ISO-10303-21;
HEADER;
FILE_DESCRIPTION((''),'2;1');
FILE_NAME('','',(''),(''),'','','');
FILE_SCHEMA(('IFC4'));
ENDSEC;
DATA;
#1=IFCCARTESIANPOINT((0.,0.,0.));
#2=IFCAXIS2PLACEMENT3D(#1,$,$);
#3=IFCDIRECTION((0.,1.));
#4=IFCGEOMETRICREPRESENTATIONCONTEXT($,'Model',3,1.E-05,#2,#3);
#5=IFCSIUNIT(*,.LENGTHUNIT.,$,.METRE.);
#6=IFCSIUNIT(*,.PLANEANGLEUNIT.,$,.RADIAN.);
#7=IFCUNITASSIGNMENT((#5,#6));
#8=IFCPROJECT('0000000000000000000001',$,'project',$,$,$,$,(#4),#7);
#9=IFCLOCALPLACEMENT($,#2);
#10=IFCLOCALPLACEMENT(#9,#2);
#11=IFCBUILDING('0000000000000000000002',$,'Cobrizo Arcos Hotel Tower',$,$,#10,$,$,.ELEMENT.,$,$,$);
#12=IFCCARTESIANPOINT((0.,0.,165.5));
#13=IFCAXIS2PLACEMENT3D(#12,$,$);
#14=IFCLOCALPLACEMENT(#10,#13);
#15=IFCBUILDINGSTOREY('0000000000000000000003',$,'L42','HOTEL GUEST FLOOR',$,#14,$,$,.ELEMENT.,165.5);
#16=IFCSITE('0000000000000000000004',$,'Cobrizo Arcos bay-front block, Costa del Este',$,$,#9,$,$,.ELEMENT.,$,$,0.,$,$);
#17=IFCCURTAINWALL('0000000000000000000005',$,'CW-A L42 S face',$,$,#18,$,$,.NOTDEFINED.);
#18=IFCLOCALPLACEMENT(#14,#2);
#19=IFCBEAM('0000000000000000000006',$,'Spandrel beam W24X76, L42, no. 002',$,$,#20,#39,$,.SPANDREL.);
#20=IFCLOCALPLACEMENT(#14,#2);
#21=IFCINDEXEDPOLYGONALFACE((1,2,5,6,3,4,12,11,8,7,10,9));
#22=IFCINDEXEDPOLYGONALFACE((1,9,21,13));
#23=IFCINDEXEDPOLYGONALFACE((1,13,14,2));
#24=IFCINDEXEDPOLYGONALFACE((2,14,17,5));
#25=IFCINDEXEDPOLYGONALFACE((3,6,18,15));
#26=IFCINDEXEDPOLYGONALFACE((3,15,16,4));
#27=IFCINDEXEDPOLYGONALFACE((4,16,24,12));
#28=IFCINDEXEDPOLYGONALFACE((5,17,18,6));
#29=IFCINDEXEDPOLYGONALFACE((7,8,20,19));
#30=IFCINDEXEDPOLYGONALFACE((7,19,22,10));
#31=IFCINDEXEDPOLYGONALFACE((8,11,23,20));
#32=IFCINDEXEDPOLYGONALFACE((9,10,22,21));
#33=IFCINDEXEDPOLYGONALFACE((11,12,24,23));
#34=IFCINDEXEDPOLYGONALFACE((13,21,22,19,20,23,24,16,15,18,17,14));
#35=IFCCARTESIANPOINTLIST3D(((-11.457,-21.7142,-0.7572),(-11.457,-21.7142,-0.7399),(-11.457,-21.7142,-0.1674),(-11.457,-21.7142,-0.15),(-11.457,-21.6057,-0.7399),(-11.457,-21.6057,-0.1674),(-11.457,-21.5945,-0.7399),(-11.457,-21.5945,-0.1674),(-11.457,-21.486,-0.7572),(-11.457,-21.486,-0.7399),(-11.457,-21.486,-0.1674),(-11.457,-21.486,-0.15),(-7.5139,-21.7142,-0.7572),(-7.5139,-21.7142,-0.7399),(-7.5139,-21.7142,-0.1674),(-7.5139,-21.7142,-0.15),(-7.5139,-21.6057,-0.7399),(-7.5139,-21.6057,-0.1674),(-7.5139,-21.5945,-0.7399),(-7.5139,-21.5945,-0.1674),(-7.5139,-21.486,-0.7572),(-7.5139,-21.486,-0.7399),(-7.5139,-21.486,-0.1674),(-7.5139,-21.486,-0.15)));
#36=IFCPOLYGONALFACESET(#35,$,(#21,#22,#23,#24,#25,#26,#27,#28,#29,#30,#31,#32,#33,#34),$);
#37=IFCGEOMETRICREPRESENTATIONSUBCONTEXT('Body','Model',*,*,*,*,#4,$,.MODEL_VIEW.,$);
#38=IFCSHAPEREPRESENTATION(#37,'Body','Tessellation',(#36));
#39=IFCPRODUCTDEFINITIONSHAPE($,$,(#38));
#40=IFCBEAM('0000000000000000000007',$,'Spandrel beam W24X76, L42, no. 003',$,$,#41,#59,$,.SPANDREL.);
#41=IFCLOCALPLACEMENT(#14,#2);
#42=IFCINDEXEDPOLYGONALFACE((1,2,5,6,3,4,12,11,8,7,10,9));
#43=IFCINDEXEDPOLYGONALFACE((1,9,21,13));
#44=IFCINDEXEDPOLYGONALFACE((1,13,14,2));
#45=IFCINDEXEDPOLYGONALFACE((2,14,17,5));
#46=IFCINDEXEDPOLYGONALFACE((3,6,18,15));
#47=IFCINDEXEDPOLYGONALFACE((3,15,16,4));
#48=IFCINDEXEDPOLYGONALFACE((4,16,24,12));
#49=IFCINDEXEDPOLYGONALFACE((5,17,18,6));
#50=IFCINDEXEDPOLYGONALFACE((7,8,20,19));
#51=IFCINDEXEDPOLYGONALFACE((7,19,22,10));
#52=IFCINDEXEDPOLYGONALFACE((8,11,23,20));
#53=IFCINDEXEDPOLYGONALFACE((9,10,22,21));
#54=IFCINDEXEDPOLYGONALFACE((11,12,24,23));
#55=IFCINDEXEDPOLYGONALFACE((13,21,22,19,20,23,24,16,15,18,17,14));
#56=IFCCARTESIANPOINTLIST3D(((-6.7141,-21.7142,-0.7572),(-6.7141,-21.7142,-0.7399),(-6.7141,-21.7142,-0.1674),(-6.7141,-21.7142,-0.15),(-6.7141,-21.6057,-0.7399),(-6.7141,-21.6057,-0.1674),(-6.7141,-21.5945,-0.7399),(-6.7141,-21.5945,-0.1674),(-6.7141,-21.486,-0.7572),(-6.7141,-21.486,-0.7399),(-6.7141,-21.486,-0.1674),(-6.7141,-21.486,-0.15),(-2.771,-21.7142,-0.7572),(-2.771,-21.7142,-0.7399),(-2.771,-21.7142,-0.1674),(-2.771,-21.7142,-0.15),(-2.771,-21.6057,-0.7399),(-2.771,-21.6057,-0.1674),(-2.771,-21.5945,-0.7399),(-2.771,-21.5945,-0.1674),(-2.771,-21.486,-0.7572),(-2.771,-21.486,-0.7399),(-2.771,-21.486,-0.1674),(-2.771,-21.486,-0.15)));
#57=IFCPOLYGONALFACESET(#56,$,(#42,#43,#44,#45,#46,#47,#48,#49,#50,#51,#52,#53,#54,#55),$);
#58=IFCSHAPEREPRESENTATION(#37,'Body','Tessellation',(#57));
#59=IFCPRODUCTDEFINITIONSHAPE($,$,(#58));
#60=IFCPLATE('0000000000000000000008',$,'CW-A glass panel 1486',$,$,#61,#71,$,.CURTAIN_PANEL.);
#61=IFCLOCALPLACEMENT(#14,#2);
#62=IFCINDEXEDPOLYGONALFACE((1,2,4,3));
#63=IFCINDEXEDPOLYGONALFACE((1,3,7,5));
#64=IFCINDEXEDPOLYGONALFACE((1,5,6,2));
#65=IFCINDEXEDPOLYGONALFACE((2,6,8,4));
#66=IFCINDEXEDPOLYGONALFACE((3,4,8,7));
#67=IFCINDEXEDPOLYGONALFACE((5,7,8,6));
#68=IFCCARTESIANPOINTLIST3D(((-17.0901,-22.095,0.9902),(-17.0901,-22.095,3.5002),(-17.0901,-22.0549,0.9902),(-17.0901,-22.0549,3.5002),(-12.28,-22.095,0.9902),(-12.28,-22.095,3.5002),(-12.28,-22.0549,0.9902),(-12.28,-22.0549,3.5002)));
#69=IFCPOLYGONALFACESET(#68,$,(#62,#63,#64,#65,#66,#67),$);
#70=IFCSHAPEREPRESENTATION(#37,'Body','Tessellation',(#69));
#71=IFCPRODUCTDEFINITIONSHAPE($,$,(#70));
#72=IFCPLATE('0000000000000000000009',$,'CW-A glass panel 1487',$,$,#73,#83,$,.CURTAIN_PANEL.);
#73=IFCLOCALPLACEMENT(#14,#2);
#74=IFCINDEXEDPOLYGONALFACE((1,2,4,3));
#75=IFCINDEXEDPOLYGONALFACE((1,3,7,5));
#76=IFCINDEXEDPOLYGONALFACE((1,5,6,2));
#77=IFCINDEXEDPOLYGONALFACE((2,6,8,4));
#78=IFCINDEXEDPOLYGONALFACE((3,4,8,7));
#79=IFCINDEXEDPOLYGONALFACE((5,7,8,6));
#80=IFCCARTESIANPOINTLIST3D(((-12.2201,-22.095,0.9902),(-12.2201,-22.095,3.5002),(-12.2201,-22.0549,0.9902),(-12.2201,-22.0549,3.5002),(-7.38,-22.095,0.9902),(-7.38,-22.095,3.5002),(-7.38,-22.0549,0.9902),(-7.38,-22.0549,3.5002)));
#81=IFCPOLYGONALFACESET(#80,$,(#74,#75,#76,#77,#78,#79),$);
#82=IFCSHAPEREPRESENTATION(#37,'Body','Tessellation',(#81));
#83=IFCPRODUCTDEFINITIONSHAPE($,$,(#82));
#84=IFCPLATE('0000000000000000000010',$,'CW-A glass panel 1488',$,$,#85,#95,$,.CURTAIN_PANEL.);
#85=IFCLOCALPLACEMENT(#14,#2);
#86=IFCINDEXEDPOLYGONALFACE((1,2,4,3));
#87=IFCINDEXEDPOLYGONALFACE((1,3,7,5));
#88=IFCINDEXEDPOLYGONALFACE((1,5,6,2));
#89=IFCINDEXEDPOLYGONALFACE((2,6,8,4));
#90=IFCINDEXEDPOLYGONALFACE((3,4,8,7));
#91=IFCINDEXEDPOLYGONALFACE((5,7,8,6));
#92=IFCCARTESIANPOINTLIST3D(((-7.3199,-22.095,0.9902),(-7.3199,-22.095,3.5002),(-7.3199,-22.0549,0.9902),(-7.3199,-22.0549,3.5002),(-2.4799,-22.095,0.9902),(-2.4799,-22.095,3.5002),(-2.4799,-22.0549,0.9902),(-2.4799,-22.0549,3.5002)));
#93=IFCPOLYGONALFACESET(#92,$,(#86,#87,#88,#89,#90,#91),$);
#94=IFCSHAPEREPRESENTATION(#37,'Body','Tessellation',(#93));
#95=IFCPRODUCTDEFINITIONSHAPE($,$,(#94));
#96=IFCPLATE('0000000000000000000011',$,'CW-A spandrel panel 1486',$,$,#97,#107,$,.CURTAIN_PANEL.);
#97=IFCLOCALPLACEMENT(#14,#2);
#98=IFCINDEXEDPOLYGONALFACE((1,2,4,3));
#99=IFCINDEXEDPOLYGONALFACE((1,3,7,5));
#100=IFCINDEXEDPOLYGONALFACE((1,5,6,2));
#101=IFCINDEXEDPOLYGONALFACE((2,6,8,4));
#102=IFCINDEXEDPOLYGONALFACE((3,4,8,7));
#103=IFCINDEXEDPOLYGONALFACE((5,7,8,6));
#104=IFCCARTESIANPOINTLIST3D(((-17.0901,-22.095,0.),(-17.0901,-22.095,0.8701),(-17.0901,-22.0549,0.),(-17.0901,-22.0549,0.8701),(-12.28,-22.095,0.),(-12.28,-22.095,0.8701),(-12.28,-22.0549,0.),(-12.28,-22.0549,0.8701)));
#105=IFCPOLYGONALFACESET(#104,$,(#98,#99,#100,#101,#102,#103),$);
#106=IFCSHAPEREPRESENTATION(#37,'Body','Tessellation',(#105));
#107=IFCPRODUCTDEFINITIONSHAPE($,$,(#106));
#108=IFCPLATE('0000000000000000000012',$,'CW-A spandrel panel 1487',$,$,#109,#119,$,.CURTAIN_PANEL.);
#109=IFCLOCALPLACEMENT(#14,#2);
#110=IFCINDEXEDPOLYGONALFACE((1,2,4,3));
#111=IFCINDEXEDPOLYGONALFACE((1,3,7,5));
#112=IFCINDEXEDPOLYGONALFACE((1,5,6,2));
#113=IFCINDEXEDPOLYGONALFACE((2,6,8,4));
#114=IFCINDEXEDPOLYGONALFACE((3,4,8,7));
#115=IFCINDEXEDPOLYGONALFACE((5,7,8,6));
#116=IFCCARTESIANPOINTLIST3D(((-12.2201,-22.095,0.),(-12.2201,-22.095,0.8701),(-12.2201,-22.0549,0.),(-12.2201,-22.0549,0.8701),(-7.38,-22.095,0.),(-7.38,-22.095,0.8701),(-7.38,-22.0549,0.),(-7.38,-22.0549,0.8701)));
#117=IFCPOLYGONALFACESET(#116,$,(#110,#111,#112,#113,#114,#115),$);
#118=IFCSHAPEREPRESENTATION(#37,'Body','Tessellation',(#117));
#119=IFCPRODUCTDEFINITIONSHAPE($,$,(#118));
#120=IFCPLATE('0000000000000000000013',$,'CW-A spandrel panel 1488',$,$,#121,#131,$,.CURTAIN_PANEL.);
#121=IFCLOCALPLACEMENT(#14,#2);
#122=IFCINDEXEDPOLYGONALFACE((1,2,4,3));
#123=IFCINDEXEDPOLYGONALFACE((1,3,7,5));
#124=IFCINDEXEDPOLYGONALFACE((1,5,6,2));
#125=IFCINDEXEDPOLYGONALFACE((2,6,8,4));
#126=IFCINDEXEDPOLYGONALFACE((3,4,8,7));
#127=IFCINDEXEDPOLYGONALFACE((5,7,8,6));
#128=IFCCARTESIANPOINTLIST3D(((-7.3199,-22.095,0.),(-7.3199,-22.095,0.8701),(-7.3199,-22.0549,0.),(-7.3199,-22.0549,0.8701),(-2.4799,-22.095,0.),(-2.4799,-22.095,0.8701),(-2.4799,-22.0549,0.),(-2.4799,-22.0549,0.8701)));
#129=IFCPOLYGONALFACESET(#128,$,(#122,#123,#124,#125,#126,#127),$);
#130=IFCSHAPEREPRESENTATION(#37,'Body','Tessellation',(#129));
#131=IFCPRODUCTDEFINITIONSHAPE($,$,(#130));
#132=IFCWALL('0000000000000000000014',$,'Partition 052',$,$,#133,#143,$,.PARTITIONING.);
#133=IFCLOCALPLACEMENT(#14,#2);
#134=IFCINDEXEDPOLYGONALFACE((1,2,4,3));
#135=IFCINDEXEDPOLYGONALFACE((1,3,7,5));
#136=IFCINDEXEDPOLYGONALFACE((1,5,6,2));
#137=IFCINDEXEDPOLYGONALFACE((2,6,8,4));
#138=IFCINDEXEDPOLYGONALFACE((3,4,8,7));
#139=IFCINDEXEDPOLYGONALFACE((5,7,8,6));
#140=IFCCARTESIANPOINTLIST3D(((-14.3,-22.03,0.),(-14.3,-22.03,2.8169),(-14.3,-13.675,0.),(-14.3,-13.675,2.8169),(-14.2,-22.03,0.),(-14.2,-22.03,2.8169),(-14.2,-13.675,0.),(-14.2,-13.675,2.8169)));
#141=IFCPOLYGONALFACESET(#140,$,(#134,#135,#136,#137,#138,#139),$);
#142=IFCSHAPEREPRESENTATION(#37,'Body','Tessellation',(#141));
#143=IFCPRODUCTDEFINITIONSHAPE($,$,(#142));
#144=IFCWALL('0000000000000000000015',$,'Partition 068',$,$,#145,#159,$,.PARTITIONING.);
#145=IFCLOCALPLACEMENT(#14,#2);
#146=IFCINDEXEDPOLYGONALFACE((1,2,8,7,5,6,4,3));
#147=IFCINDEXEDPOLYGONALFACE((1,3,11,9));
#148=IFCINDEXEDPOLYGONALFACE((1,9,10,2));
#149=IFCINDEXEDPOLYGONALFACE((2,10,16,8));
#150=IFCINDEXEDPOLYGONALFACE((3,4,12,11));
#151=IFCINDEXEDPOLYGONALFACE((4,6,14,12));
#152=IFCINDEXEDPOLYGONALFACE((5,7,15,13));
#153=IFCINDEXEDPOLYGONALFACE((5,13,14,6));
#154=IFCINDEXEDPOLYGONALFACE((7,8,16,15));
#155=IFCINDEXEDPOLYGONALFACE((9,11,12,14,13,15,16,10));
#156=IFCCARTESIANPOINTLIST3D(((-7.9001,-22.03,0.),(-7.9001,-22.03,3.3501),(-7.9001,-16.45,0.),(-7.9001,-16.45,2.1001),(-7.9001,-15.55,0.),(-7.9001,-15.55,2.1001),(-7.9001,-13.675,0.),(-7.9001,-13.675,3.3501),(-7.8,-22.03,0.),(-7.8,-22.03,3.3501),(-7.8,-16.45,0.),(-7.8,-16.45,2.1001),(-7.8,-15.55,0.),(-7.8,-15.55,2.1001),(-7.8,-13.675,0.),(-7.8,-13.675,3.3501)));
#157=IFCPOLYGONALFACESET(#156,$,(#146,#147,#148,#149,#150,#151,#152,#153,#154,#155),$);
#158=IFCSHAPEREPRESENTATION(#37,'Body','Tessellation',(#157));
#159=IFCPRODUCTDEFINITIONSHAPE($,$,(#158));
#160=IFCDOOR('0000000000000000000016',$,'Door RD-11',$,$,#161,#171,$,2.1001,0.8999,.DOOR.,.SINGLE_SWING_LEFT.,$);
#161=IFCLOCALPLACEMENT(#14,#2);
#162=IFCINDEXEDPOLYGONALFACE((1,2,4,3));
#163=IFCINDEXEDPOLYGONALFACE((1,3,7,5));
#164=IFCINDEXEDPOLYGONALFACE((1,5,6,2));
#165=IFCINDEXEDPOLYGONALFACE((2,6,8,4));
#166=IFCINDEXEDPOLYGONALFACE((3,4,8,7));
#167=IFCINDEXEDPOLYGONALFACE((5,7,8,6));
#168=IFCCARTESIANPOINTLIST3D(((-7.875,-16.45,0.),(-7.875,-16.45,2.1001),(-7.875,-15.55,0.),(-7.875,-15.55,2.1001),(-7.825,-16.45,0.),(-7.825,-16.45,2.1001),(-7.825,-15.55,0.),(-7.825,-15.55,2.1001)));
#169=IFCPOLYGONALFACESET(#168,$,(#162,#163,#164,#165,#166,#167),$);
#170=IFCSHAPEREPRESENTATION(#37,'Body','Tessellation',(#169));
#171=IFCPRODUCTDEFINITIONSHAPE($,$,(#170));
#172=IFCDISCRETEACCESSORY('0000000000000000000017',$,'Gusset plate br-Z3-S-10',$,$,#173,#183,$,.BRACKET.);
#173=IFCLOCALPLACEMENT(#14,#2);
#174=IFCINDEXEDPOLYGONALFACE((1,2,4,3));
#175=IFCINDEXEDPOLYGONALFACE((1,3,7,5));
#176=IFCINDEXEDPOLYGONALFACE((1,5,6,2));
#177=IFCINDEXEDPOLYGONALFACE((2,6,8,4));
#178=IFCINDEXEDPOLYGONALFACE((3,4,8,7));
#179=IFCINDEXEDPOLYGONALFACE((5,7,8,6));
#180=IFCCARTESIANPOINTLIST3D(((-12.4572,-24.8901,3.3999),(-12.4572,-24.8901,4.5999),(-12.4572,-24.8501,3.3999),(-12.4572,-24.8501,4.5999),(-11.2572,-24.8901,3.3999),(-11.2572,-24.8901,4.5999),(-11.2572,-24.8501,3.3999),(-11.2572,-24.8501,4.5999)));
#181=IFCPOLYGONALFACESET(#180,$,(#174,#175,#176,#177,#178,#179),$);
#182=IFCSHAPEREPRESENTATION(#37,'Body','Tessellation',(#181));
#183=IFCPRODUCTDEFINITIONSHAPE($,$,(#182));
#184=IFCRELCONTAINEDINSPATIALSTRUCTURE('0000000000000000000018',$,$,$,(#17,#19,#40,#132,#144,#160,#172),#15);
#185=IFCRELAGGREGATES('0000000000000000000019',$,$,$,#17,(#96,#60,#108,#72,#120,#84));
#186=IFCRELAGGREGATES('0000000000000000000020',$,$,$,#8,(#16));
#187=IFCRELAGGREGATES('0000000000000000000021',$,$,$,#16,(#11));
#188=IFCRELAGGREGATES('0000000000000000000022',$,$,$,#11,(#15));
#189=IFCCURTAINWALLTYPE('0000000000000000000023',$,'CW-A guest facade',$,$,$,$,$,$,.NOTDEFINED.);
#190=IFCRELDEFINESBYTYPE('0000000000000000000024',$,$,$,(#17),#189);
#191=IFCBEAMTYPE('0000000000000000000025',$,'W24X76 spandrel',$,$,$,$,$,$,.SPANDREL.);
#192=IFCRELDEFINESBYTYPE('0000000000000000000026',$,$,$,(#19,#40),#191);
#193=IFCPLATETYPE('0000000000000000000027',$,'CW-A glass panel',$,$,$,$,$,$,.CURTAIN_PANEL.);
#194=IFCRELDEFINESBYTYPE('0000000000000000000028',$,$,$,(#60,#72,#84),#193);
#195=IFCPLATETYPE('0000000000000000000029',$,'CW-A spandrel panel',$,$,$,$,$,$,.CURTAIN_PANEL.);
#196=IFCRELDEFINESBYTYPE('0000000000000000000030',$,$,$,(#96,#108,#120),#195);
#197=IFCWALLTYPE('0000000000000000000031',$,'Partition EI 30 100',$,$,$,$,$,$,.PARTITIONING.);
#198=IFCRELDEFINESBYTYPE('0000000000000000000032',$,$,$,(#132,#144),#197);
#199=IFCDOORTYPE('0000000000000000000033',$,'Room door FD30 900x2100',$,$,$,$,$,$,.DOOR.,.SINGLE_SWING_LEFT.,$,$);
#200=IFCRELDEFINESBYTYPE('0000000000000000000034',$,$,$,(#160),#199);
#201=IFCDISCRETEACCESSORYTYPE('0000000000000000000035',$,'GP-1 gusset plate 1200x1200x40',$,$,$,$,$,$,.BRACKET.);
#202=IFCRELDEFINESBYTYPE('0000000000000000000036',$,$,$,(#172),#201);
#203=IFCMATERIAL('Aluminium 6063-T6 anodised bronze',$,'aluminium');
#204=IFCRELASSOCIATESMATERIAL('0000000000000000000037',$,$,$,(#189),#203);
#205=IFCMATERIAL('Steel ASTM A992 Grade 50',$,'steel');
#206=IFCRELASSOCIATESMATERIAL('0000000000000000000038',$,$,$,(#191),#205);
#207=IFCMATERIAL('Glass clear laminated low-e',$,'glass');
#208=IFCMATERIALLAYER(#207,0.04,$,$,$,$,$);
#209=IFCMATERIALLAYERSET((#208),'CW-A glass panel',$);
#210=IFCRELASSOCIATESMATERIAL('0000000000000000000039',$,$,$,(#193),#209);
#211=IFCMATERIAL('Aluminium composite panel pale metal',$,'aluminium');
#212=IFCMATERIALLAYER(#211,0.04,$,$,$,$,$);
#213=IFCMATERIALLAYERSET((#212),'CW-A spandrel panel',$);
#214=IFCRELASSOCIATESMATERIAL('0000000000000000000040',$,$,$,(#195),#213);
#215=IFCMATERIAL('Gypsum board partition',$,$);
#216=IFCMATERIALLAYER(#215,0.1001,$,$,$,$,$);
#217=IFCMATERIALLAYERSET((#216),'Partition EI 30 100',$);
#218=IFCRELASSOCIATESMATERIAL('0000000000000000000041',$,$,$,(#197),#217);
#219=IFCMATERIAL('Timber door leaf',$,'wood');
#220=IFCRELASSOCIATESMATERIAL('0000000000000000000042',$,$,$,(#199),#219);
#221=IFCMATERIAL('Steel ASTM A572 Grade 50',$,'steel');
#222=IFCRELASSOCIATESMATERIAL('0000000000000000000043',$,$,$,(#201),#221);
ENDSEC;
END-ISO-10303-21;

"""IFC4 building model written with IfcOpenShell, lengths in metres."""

from ifc_helpers import new_model, si_unit, direction, frame, frame_2d, origin, origin_2d, place, context, subcontext, project, spatial, rectangle, i_section, extrude, material, layer, layer_set, material_profile, profile_set, type_object, element, fill, aggregate, save


model = new_model("IFC4")

# Units and contexts
model_context = context("Model", 3, precision=1e-05, world=origin(), true_north=direction((0.0, 1.0)))
body_context = subcontext(model_context, "Body", "Model", "MODEL_VIEW")
ifc_project = project(units=[si_unit("LENGTHUNIT", "METRE"), si_unit("PLANEANGLEUNIT", "RADIAN")], contexts=[model_context])

# Site, building, storey
site_placement = place(None, origin())
site = spatial("IfcSite", under=ifc_project, at=site_placement, Name="Cobrizo Arcos bay-front block, Costa del Este", CompositionType="ELEMENT", RefElevation=0.0)
building_placement = place(site_placement, origin())
building = spatial("IfcBuilding", under=site, at=building_placement, Name="Cobrizo Arcos Hotel Tower", CompositionType="ELEMENT")
storey_placement = place(building_placement, frame((0.0, 0.0, 165.5)))
storey = spatial("IfcBuildingStorey", under=building, at=storey_placement, Name="L42", Description="HOTEL GUEST FLOOR", CompositionType="ELEMENT", Elevation=165.5)

# Shared definitions
ifc_material_1 = material(Name="Steel ASTM A572 Grade 50", Category="steel")

# Curtain wall
ifc_material_2 = material(Name="Aluminium 6063-T6 anodised bronze", Category="aluminium")
curtain_wall_type = type_object("IfcCurtainWallType", Name="CW-A guest facade", PredefinedType="NOTDEFINED", material=ifc_material_2)
curtain_wall_placement = place(storey_placement, origin())
curtain_wall = element("IfcCurtainWall", 1, at=curtain_wall_placement, inside=storey, type_object=curtain_wall_type, Name="CW-A L42 S face", PredefinedType="NOTDEFINED")

# Beams
ifc_material_3 = material(Name="Steel ASTM A992 Grade 50", Category="steel")
ifc_material_profile_1 = material_profile(ifc_material_3, i_section(OverallWidth=0.2283, OverallDepth=0.6072, WebThickness=0.0112, FlangeThickness=0.0173, at=origin_2d()), Name="W24X76")
ifc_profile_set_1 = profile_set([ifc_material_profile_1], Name="Steel ASTM A992 Grade 50")
beam_type_1 = type_object("IfcBeamType", Name="W24X76 spandrel", PredefinedType="SPANDREL", material=ifc_profile_set_1)
for number, where, z_axis, x_axis, name in (
    (2, (-11.457, -21.6001, -0.4536), (1.0, 0.0, 0.0), (0.0, 1.0, 0.0), "Spandrel beam W24X76, L42, no. 002"),
    (3, (-6.7141, -21.6001, -0.4536), (1.0, 0.0, 0.0), (0.0, 1.0, 0.0), "Spandrel beam W24X76, L42, no. 003"),
):
    element("IfcBeam", number, at=place(storey_placement, frame(where, z_axis=z_axis, x_axis=x_axis)), inside=storey, type_object=beam_type_1, Name=name, PredefinedType="SPANDREL", context=body_context, shape_type="SweptSolid", body=[
        extrude(i_section(OverallWidth=0.2283, OverallDepth=0.6072, WebThickness=0.0112, FlangeThickness=0.0173, at=origin_2d()), origin(), (0.0, 0.0, 1.0), 3.9431),
    ])

# Plates
ifc_material_4 = material(Name="Glass clear laminated low-e", Category="glass")
ifc_layer_1 = layer(ifc_material_4, 0.04)
ifc_layer_set_1 = layer_set([ifc_layer_1], Name="CW-A glass panel")
plate_type_1 = type_object("IfcPlateType", Name="CW-A glass panel", PredefinedType="CURTAIN_PANEL", material=ifc_layer_set_1)
plate_1_placement = place(storey_placement, frame((-14.6851, -22.075, 0.9902), z_axis=(0.0, 0.0, 1.0), x_axis=(1.0, 0.0, 0.0)))
plate_1 = element("IfcPlate", 4, at=plate_1_placement, type_object=plate_type_1, Name="CW-A glass panel 1486", PredefinedType="CURTAIN_PANEL", context=body_context, shape_type="SweptSolid", body=[
    extrude(rectangle(XDim=4.8101, YDim=0.04, at=origin_2d()), origin(), (0.0, 0.0, 1.0), 2.51),
])
plate_2_placement = place(storey_placement, frame((-9.8, -22.075, 0.9902), z_axis=(0.0, 0.0, 1.0), x_axis=(1.0, 0.0, 0.0)))
plate_2 = element("IfcPlate", 5, at=plate_2_placement, type_object=plate_type_1, Name="CW-A glass panel 1487", PredefinedType="CURTAIN_PANEL", context=body_context, shape_type="SweptSolid", body=[
    extrude(rectangle(XDim=4.8401, YDim=0.04, at=origin_2d()), origin(), (0.0, 0.0, 1.0), 2.51),
])
plate_3_placement = place(storey_placement, frame((-4.8999, -22.075, 0.9902), z_axis=(0.0, 0.0, 1.0), x_axis=(1.0, 0.0, 0.0)))
plate_3 = element("IfcPlate", 6, at=plate_3_placement, type_object=plate_type_1, Name="CW-A glass panel 1488", PredefinedType="CURTAIN_PANEL", context=body_context, shape_type="SweptSolid", body=[
    extrude(rectangle(XDim=4.8401, YDim=0.04, at=origin_2d()), origin(), (0.0, 0.0, 1.0), 2.51),
])
ifc_material_5 = material(Name="Aluminium composite panel pale metal", Category="aluminium")
ifc_layer_2 = layer(ifc_material_5, 0.04)
ifc_layer_set_2 = layer_set([ifc_layer_2], Name="CW-A spandrel panel")
plate_type_2 = type_object("IfcPlateType", Name="CW-A spandrel panel", PredefinedType="CURTAIN_PANEL", material=ifc_layer_set_2)
plate_4_placement = place(storey_placement, frame((-14.6851, -22.075, 0.0), z_axis=(0.0, 0.0, 1.0), x_axis=(1.0, 0.0, 0.0)))
plate_4 = element("IfcPlate", 7, at=plate_4_placement, type_object=plate_type_2, Name="CW-A spandrel panel 1486", PredefinedType="CURTAIN_PANEL", context=body_context, shape_type="SweptSolid", body=[
    extrude(rectangle(XDim=4.8101, YDim=0.04, at=origin_2d()), origin(), (0.0, 0.0, 1.0), 0.8701),
])
plate_5_placement = place(storey_placement, frame((-9.8, -22.075, 0.0), z_axis=(0.0, 0.0, 1.0), x_axis=(1.0, 0.0, 0.0)))
plate_5 = element("IfcPlate", 8, at=plate_5_placement, type_object=plate_type_2, Name="CW-A spandrel panel 1487", PredefinedType="CURTAIN_PANEL", context=body_context, shape_type="SweptSolid", body=[
    extrude(rectangle(XDim=4.8401, YDim=0.04, at=origin_2d()), origin(), (0.0, 0.0, 1.0), 0.8701),
])
plate_6_placement = place(storey_placement, frame((-4.8999, -22.075, 0.0), z_axis=(0.0, 0.0, 1.0), x_axis=(1.0, 0.0, 0.0)))
plate_6 = element("IfcPlate", 9, at=plate_6_placement, type_object=plate_type_2, Name="CW-A spandrel panel 1488", PredefinedType="CURTAIN_PANEL", context=body_context, shape_type="SweptSolid", body=[
    extrude(rectangle(XDim=4.8401, YDim=0.04, at=origin_2d()), origin(), (0.0, 0.0, 1.0), 0.8701),
])
aggregate(curtain_wall, [plate_4, plate_1, plate_5, plate_2, plate_6, plate_3])

# Wall
ifc_material_6 = material(Name="Gypsum board partition")
ifc_layer_3 = layer(ifc_material_6, 0.1001)
ifc_layer_set_3 = layer_set([ifc_layer_3], Name="Partition EI 30 100")
wall_type = type_object("IfcWallType", Name="Partition EI 30 100", PredefinedType="PARTITIONING", material=ifc_layer_set_3)
wall_1_placement = place(storey_placement, frame((-14.25, -22.03, 0.0), z_axis=(0.0, 0.0, 1.0), x_axis=(0.0, 1.0, 0.0)))
element("IfcWall", 10, at=wall_1_placement, inside=storey, type_object=wall_type, Name="Partition 052", PredefinedType="PARTITIONING", context=body_context, shape_type="SweptSolid", body=[
    extrude(rectangle(XDim=8.355, YDim=0.1001, at=frame_2d((4.1775, 0.0))), origin(), (0.0, 0.0, 1.0), 2.8169),
])

# Wall, opening, door
wall_2_placement = place(storey_placement, frame((-7.8501, -22.03, 0.0), z_axis=(0.0, 0.0, 1.0), x_axis=(0.0, 1.0, 0.0)))
wall_2 = element("IfcWall", 11, at=wall_2_placement, inside=storey, type_object=wall_type, Name="Partition 068", PredefinedType="PARTITIONING", context=body_context, shape_type="SweptSolid", body=[
    extrude(rectangle(XDim=8.355, YDim=0.1001, at=frame_2d((4.1775, 0.0))), origin(), (0.0, 0.0, 1.0), 3.3501),
])
opening_placement = place(wall_2_placement, frame((5.5801, 0.0, 0.0)))
opening = element("IfcOpeningElement", 12, at=opening_placement, cuts=wall_2, PredefinedType="OPENING", context=body_context, shape_type="SweptSolid", body=[
    extrude(rectangle(XDim=0.8999, YDim=2.1001, at=frame_2d((0.45, 1.05))), frame((0.0, 0.062, 0.0), z_axis=(0.0, -1.0, 0.0), x_axis=(1.0, 0.0, 0.0)), (0.0, 0.0, 1.0), 0.124),
])
ifc_material_7 = material(Name="Timber door leaf", Category="wood")
door_type = type_object("IfcDoorType", Name="Room door FD30 900x2100", OperationType="SINGLE_SWING_LEFT", PredefinedType="DOOR", material=ifc_material_7)
door_placement = place(opening_placement, origin())
door = element("IfcDoor", 13, at=door_placement, inside=storey, type_object=door_type, Name="Door RD-11", OperationType="SINGLE_SWING_LEFT", OverallHeight=2.1001, OverallWidth=0.8999, PredefinedType="DOOR", context=body_context, shape_type="SweptSolid", body=[
    extrude(rectangle(XDim=0.8999, YDim=2.1001, at=frame_2d((0.45, 1.05))), frame((0.0, 0.0249, 0.0), z_axis=(0.0, -1.0, 0.0), x_axis=(1.0, 0.0, 0.0)), (0.0, 0.0, 1.0), 0.05),
])
fill(opening, door)

# Discrete accessory
discrete_accessory_type_1 = type_object("IfcDiscreteAccessoryType", Name="GP-1 gusset plate 1200x1200x40", PredefinedType="BRACKET", material=ifc_material_1)
discrete_accessory_placement = place(storey_placement, frame((-11.8572, -24.8701, 3.3999), z_axis=(0.0, 0.0, 1.0), x_axis=(1.0, 0.0, 0.0)))
element("IfcDiscreteAccessory", 14, at=discrete_accessory_placement, inside=storey, type_object=discrete_accessory_type_1, Name="Gusset plate br-Z3-S-10", PredefinedType="BRACKET", context=body_context, shape_type="SweptSolid", body=[
    extrude(rectangle(XDim=1.2, YDim=0.04, at=origin_2d()), origin(), (0.0, 0.0, 1.0), 1.2),
])

save(model, "model.ifc")
